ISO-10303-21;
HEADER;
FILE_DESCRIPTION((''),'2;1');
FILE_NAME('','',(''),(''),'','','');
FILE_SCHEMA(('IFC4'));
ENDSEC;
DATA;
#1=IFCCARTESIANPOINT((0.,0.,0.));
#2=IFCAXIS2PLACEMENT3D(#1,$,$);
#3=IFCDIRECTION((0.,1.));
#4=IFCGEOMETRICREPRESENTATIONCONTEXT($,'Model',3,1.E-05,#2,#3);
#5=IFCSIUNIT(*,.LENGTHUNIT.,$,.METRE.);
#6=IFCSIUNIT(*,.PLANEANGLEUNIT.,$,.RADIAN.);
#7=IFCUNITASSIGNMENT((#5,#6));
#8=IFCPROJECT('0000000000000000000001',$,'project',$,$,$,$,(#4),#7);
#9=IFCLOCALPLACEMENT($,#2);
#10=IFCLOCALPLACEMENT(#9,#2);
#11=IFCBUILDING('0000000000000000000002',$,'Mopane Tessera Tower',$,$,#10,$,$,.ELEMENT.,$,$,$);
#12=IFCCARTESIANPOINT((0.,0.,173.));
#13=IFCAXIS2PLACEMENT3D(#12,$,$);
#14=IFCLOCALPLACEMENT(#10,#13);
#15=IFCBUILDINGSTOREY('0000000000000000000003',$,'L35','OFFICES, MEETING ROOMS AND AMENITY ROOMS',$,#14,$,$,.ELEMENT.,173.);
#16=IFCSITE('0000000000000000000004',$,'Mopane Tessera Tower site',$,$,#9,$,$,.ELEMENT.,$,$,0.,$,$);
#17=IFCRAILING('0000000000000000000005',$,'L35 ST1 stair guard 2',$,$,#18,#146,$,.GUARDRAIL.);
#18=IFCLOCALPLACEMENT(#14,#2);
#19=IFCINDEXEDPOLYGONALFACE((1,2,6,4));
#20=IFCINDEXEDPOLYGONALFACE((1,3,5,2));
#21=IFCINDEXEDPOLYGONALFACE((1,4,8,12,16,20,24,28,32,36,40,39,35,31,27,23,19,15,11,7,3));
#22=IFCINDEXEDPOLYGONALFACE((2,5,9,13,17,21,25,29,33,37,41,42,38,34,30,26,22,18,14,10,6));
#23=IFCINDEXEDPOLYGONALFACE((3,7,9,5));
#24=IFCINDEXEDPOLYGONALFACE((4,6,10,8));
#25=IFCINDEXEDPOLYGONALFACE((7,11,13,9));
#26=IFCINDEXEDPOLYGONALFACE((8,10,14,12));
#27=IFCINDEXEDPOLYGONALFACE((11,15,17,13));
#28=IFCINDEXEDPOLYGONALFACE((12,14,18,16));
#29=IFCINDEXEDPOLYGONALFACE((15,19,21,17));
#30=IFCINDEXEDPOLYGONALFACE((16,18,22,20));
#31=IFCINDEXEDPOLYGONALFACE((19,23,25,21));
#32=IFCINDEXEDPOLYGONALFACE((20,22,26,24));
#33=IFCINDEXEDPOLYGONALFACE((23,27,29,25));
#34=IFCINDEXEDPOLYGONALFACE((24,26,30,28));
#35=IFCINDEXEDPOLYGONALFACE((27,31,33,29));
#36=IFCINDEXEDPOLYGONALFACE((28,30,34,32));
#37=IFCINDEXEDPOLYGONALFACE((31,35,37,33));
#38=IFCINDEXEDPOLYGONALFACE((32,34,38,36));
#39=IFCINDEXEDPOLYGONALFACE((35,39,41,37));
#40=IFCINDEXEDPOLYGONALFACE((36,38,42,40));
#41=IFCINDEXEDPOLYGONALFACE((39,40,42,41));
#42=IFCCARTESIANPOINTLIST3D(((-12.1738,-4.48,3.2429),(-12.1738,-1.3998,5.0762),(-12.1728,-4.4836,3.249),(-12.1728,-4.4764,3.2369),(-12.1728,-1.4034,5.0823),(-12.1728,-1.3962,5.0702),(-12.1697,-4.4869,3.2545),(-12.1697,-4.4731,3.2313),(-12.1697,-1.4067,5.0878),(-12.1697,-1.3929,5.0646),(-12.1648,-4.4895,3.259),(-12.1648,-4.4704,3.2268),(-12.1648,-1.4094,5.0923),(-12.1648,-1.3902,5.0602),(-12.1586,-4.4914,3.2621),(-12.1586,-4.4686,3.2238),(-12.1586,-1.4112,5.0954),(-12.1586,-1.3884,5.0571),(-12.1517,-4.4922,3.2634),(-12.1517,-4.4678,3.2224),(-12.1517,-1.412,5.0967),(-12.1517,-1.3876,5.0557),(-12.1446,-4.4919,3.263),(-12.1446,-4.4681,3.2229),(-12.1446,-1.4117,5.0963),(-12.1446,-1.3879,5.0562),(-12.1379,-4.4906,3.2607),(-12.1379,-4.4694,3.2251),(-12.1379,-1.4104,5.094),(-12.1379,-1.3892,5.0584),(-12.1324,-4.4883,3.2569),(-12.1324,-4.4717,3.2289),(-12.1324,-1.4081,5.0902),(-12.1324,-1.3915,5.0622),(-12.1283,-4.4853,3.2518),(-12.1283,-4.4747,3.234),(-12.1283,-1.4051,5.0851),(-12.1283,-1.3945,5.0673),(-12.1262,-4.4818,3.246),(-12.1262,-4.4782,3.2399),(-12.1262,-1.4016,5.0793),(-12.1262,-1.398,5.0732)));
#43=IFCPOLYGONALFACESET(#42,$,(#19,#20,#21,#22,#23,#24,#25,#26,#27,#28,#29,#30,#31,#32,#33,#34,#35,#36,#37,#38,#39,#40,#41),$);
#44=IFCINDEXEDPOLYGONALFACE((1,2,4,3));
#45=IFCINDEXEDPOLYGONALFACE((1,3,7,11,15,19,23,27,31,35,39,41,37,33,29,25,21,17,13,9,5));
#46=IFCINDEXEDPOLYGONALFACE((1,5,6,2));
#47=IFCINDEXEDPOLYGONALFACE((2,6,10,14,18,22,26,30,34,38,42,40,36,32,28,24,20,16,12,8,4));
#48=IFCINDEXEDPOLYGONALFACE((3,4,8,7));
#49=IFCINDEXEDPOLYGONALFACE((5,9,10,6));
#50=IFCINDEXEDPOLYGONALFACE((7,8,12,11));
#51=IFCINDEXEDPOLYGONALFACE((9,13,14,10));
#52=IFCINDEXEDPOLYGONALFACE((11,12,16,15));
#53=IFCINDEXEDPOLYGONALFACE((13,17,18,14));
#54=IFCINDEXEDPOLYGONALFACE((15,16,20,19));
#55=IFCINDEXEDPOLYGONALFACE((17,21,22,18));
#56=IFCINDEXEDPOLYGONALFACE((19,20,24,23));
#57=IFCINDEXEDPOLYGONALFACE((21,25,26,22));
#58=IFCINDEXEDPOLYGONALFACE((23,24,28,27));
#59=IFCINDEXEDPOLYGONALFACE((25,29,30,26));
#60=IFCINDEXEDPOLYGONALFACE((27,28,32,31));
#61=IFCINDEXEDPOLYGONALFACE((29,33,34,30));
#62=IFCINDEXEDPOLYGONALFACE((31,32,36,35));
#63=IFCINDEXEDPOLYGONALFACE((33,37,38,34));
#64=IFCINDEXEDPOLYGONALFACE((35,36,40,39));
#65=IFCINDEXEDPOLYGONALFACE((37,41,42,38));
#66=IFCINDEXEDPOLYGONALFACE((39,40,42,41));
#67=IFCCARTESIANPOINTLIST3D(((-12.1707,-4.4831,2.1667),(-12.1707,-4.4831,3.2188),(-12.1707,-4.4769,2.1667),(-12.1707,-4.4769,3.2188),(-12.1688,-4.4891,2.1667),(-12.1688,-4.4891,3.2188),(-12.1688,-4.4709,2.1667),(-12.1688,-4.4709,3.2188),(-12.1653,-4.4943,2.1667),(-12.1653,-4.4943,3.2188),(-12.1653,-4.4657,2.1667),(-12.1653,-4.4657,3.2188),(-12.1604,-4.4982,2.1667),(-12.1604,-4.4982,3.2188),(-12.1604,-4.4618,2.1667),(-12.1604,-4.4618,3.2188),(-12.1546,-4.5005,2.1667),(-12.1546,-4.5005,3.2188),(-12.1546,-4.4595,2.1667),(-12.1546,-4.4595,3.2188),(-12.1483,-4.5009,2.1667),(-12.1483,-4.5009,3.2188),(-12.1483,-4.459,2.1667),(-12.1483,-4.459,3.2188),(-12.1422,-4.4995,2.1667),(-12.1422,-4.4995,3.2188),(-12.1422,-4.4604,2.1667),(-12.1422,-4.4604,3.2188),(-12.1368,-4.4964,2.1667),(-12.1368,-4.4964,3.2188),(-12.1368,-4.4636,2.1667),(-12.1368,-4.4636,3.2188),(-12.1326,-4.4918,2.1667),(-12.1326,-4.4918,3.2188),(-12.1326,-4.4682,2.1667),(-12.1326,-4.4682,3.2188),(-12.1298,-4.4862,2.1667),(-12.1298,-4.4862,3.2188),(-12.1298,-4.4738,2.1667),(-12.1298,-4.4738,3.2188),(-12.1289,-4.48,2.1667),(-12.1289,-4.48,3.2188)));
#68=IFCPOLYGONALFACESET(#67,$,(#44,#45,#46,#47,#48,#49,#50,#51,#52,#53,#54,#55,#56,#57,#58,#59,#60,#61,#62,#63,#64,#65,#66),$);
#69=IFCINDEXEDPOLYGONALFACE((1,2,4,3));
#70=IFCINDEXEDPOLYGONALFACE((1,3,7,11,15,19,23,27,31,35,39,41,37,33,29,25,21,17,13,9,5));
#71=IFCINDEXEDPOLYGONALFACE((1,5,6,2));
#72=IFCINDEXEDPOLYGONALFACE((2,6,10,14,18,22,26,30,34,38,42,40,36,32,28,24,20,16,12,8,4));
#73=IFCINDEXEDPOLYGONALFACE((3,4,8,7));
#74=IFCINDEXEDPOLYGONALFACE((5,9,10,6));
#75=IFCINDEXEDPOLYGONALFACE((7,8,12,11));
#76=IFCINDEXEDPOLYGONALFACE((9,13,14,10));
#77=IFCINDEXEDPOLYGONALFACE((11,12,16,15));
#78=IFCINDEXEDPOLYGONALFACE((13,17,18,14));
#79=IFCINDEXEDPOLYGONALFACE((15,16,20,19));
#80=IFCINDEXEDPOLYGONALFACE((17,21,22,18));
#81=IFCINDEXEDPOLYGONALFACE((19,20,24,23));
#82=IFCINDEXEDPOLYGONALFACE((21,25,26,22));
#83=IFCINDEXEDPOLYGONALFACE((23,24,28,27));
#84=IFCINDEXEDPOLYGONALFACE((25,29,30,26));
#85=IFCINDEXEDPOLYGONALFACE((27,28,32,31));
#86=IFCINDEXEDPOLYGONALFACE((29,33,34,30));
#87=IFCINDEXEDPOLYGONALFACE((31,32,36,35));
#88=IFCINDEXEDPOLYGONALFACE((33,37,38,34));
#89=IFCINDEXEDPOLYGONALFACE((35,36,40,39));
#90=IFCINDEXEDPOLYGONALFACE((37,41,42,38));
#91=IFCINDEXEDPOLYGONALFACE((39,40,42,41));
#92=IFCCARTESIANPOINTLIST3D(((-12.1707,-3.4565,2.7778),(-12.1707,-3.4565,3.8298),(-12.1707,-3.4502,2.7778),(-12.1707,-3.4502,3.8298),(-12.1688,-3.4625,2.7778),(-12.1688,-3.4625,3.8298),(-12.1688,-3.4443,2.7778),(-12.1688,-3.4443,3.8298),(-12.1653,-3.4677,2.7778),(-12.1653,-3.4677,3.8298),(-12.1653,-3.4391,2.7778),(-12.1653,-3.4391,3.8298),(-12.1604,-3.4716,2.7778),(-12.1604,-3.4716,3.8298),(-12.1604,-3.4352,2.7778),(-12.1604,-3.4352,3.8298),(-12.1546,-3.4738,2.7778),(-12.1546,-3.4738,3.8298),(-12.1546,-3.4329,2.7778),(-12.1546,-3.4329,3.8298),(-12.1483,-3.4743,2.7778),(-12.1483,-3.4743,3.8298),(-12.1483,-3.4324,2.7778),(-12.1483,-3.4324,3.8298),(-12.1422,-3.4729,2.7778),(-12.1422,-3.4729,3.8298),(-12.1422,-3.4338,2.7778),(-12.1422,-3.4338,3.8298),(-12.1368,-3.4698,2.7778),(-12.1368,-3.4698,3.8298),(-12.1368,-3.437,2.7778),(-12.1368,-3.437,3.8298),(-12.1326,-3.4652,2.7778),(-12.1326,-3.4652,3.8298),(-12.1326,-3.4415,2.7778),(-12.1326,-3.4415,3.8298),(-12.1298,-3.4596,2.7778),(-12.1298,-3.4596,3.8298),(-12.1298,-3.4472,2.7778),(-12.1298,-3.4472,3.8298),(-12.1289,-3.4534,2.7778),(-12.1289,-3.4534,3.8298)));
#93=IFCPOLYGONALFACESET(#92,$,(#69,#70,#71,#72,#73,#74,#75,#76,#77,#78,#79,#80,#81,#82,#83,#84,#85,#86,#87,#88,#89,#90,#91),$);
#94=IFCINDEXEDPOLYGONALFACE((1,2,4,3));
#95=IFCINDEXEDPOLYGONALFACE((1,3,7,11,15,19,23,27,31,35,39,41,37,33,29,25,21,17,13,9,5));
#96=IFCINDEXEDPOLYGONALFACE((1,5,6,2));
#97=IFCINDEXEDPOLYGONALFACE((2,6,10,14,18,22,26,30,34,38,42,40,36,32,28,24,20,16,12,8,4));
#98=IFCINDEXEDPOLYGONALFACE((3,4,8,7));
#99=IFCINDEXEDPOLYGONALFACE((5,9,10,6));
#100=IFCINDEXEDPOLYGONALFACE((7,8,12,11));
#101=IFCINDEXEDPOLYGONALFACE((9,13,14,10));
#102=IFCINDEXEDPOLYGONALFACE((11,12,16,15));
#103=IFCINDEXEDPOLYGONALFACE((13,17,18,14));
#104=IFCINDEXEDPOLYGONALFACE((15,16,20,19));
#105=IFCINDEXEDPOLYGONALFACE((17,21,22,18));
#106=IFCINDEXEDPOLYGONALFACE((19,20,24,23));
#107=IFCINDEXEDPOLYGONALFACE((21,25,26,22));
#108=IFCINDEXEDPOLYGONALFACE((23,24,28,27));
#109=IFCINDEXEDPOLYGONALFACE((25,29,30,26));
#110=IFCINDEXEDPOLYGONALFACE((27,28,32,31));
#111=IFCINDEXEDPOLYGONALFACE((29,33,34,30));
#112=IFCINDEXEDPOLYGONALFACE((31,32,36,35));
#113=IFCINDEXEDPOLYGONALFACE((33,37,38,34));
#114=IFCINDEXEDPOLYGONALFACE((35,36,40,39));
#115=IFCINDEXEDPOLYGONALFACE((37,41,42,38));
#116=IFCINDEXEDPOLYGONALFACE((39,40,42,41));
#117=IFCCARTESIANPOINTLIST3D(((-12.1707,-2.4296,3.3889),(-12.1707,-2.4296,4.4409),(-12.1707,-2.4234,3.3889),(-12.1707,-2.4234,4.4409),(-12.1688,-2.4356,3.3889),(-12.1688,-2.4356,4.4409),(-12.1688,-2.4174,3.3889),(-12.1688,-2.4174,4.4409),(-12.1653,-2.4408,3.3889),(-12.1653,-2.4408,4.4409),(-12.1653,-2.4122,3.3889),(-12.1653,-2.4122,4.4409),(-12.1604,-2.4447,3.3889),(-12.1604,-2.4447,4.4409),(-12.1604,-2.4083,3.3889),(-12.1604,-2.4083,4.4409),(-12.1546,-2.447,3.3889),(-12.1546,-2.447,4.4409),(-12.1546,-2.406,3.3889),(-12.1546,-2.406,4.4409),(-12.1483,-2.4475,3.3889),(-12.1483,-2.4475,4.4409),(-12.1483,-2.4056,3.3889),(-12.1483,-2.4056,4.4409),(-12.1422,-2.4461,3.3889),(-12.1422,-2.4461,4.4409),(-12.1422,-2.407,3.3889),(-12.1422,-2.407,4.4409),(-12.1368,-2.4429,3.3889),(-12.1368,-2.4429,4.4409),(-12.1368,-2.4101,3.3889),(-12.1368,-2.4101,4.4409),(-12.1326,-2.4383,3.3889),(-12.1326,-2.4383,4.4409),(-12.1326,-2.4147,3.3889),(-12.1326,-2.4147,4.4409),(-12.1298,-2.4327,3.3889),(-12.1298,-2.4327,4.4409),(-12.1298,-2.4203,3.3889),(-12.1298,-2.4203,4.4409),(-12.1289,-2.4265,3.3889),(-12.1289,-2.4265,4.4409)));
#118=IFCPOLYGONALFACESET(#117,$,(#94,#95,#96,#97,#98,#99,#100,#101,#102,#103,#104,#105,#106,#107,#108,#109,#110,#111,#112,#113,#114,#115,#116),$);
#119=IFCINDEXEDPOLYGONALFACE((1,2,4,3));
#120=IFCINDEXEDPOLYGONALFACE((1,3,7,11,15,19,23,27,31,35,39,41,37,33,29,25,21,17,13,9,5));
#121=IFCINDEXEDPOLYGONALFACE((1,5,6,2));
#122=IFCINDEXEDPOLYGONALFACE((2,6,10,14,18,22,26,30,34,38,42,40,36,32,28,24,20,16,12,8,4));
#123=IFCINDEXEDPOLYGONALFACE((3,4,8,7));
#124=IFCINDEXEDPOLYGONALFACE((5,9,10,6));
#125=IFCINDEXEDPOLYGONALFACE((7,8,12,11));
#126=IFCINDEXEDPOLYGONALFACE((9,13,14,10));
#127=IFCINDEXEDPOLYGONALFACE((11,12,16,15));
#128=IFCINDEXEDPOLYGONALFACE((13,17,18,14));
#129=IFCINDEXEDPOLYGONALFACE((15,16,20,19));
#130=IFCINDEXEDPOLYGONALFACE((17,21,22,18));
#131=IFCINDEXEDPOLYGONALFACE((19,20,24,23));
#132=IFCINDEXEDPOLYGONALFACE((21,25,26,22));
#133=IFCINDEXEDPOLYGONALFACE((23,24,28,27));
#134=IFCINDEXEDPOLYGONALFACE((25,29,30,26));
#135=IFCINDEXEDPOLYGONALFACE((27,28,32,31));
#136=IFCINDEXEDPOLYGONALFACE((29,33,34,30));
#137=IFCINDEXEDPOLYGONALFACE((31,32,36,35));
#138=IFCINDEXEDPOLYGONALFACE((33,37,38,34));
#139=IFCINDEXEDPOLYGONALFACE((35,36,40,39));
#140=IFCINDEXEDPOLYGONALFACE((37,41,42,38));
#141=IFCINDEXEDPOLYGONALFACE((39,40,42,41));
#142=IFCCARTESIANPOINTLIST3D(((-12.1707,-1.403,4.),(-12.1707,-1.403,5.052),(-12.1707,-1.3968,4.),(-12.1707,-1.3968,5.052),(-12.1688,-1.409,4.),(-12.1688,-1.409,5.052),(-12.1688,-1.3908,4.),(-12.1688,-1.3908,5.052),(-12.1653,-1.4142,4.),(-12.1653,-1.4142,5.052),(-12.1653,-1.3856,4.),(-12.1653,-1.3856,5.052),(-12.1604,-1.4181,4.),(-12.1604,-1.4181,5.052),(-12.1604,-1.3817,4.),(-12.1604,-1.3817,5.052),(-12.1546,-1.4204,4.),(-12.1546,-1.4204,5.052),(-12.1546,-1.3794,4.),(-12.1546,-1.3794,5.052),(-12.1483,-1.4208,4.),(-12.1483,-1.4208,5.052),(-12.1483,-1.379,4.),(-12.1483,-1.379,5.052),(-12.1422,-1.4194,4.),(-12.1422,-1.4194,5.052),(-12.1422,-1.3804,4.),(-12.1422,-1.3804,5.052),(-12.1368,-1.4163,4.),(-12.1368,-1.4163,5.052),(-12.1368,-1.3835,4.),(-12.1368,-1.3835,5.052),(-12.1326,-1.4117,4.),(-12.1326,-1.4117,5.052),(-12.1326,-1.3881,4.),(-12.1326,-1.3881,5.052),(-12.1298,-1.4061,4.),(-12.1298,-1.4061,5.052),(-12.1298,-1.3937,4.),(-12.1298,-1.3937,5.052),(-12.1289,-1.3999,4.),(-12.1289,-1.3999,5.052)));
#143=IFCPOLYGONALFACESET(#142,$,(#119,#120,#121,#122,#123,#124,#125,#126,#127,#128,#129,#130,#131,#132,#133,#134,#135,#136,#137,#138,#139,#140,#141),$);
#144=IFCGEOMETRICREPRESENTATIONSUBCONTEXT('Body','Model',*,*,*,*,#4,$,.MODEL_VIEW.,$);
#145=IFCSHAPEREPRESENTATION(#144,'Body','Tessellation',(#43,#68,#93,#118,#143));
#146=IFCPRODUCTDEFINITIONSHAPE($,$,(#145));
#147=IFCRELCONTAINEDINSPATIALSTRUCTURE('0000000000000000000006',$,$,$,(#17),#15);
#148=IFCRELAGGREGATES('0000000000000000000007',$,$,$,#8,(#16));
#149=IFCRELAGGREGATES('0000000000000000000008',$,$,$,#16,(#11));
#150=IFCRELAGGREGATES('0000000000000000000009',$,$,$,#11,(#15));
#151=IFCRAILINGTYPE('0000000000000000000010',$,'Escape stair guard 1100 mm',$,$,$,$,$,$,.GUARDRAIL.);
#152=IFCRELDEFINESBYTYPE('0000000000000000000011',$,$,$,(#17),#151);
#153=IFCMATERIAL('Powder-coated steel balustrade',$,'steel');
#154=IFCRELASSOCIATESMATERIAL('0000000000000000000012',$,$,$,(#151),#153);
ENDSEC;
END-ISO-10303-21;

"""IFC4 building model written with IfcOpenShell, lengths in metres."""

from ifc_helpers import new_model, si_unit, direction, frame, origin, origin_2d, place, context, subcontext, project, spatial, circle, extrude, material, type_object, element, save


model = new_model("IFC4")

# Units and contexts
model_context = context("Model", 3, precision=1e-05, world=origin(), true_north=direction((0.0, 1.0)))
body_context = subcontext(model_context, "Body", "Model", "MODEL_VIEW")
ifc_project = project(units=[si_unit("LENGTHUNIT", "METRE"), si_unit("PLANEANGLEUNIT", "RADIAN")], contexts=[model_context])

# Site, building, storey
site_placement = place(None, origin())
site = spatial("IfcSite", under=ifc_project, at=site_placement, Name="Mopane Tessera Tower site", CompositionType="ELEMENT", RefElevation=0.0)
building_placement = place(site_placement, origin())
building = spatial("IfcBuilding", under=site, at=building_placement, Name="Mopane Tessera Tower", CompositionType="ELEMENT")
storey_placement = place(building_placement, frame((0.0, 0.0, 173.0)))
storey = spatial("IfcBuildingStorey", under=building, at=storey_placement, Name="L35", Description="OFFICES, MEETING ROOMS AND AMENITY ROOMS", CompositionType="ELEMENT", Elevation=173.0)

# Railing
ifc_material_1 = material(Name="Powder-coated steel balustrade", Category="steel")
railing_type_1 = type_object("IfcRailingType", Name="Escape stair guard 1100 mm", PredefinedType="GUARDRAIL", material=ifc_material_1)
railing_1_placement = place(storey_placement, frame((-12.1499, -4.48, 2.1667)))
element("IfcRailing", 1, at=railing_1_placement, inside=storey, type_object=railing_type_1, Name="L35 ST1 stair guard 2", PredefinedType="GUARDRAIL", context=body_context, shape_type="SweptSolid", body=[
    extrude(circle(Radius=0.0239, at=origin_2d()), frame((0.0, 0.0, 1.0762), z_axis=(0.0, 0.859309, 0.511458), x_axis=(-1.0, 0.0, 0.0)), (0.0, 0.0, 1.0), 3.5845),
    extrude(circle(Radius=0.021, at=origin_2d()), origin(), (0.0, 0.0, 1.0), 1.052),
    extrude(circle(Radius=0.021, at=origin_2d()), frame((0.0, 1.0266, 0.6111)), (0.0, 0.0, 1.0), 1.052),
    extrude(circle(Radius=0.021, at=origin_2d()), frame((0.0, 2.0535, 1.2222)), (0.0, 0.0, 1.0), 1.052),
    extrude(circle(Radius=0.021, at=origin_2d()), frame((0.0, 3.0801, 1.8333)), (0.0, 0.0, 1.0), 1.052),
])

save(model, "model.ifc")
